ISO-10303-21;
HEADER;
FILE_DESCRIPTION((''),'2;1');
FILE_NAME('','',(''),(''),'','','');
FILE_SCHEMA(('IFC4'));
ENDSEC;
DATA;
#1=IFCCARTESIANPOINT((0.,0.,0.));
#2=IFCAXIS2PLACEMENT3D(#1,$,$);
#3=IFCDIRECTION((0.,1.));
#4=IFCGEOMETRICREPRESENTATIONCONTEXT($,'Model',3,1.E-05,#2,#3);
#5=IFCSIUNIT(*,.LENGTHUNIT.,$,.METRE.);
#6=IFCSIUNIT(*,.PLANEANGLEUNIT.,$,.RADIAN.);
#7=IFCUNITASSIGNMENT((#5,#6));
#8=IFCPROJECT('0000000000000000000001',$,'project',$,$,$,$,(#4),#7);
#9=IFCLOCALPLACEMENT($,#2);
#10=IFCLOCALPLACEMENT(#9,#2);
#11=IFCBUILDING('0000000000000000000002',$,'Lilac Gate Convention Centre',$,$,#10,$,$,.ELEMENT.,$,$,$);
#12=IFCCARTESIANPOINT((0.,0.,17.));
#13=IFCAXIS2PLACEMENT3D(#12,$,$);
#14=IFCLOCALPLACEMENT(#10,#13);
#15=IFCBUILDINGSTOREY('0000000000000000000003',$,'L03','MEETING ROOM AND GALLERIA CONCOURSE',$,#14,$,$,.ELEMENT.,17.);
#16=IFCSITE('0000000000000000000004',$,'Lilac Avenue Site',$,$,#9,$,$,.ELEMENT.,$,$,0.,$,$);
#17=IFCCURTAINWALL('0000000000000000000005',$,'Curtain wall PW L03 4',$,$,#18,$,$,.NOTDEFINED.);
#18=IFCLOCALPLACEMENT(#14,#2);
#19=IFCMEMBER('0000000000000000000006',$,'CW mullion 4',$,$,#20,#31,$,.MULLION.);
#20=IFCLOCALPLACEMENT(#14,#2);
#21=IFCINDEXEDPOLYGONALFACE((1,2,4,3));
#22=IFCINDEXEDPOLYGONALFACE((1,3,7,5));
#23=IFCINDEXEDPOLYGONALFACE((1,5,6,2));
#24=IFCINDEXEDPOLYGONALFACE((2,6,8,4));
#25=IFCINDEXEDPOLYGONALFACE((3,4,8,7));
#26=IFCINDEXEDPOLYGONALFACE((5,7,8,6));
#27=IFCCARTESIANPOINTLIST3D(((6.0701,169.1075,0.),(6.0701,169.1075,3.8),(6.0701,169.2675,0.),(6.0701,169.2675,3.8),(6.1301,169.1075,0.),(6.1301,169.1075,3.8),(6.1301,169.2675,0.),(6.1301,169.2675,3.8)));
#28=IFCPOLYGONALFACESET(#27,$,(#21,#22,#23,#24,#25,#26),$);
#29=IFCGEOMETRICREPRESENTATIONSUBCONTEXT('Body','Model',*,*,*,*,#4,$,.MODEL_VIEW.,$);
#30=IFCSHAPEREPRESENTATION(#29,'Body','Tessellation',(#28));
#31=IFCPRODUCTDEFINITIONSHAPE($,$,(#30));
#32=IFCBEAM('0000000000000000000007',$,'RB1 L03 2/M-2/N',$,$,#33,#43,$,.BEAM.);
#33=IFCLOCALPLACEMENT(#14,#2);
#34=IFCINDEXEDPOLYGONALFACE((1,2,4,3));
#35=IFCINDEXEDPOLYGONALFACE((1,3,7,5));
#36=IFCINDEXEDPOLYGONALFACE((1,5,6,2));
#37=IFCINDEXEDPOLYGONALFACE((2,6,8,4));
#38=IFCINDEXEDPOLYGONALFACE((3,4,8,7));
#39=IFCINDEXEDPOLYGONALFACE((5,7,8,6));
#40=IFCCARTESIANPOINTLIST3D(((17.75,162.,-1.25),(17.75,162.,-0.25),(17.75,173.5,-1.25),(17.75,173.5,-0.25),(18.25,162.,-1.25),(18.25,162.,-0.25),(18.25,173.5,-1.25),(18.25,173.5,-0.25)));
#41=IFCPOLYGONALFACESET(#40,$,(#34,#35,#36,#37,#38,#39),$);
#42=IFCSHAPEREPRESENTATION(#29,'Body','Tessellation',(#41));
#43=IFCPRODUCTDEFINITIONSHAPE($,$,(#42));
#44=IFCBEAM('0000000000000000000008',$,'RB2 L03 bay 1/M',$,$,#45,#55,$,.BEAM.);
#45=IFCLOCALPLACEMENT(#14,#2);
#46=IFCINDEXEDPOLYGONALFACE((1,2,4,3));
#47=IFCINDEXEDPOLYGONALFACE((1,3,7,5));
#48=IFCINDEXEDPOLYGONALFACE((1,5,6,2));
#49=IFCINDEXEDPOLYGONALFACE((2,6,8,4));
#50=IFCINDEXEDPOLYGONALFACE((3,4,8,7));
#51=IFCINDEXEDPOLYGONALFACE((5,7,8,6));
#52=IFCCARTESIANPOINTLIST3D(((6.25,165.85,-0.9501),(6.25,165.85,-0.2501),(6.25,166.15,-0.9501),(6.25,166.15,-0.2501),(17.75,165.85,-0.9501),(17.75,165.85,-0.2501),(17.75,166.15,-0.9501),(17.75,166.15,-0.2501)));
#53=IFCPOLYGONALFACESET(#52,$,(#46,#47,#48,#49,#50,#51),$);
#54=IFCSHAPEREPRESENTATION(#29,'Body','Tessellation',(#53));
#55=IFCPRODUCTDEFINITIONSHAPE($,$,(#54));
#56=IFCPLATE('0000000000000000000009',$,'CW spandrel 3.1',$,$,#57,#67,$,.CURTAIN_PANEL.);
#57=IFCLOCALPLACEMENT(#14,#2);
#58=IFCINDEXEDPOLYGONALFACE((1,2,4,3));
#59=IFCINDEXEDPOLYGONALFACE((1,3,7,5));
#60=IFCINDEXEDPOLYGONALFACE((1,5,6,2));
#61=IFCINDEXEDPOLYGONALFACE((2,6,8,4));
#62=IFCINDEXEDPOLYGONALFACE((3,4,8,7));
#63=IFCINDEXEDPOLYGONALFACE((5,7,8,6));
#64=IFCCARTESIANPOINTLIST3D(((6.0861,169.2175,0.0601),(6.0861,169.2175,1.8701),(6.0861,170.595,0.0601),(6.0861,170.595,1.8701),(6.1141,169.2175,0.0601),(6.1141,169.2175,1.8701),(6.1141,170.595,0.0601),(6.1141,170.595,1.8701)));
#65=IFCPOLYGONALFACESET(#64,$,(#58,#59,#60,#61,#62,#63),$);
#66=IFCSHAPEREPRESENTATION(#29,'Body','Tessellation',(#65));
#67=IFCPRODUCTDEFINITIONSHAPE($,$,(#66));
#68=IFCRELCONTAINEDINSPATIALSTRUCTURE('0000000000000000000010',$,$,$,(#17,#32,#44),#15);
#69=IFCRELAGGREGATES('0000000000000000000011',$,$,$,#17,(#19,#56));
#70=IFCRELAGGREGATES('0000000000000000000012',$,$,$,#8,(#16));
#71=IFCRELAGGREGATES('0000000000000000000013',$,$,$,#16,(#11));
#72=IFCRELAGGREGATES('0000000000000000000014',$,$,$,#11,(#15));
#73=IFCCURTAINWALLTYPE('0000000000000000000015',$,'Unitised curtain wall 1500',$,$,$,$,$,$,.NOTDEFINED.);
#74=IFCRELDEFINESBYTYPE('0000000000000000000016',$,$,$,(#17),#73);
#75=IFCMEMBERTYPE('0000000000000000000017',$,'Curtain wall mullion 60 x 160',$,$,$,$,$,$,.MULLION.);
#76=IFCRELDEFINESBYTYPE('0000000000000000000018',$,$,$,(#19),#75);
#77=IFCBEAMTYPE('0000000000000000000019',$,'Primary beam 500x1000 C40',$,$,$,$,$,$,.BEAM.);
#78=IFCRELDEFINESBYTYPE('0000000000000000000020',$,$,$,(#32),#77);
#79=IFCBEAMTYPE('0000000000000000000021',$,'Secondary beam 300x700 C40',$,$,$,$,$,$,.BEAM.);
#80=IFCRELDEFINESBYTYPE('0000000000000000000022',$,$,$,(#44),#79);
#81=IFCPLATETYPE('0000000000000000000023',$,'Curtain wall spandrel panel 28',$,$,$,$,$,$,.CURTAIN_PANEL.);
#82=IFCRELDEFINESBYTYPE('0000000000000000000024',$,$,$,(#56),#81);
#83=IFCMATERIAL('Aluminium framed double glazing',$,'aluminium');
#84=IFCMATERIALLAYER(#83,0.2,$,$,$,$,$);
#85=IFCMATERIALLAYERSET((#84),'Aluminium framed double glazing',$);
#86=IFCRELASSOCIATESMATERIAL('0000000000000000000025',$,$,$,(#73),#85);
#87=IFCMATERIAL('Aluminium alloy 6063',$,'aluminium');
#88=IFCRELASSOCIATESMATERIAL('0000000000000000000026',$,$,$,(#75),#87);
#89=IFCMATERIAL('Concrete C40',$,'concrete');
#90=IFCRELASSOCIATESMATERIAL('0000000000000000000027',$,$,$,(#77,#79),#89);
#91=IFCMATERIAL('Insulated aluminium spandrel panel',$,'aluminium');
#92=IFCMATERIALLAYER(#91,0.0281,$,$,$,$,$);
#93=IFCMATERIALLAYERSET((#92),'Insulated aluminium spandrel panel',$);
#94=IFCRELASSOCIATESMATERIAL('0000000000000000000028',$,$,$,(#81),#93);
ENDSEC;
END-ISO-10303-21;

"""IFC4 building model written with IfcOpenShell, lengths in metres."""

from ifc_helpers import new_model, si_unit, direction, frame, origin, origin_2d, place, context, subcontext, project, spatial, rectangle, extrude, material, layer, layer_set, material_profile, profile_set, type_object, element, aggregate, save


model = new_model("IFC4")

# Units and contexts
model_context = context("Model", 3, precision=1e-05, world=origin(), true_north=direction((0.0, 1.0)))
body_context = subcontext(model_context, "Body", "Model", "MODEL_VIEW")
ifc_project = project(units=[si_unit("LENGTHUNIT", "METRE"), si_unit("PLANEANGLEUNIT", "RADIAN")], contexts=[model_context])

# Site, building, storey
site_placement = place(None, origin())
site = spatial("IfcSite", under=ifc_project, at=site_placement, Name="Lilac Avenue Site", CompositionType="ELEMENT", RefElevation=0.0)
building_placement = place(site_placement, origin())
building = spatial("IfcBuilding", under=site, at=building_placement, Name="Lilac Gate Convention Centre", CompositionType="ELEMENT")
storey_placement = place(building_placement, frame((0.0, 0.0, 17.0)))
storey = spatial("IfcBuildingStorey", under=building, at=storey_placement, Name="L03", Description="MEETING ROOM AND GALLERIA CONCOURSE", CompositionType="ELEMENT", Elevation=17.0)

# Curtain wall, member
ifc_material_1 = material(Name="Aluminium framed double glazing", Category="aluminium")
ifc_layer_1 = layer(ifc_material_1, 0.2)
ifc_layer_set_1 = layer_set([ifc_layer_1], Name="Aluminium framed double glazing")
curtain_wall_type = type_object("IfcCurtainWallType", Name="Unitised curtain wall 1500", PredefinedType="NOTDEFINED", material=ifc_layer_set_1)
curtain_wall_placement = place(storey_placement, origin())
curtain_wall = element("IfcCurtainWall", 1, at=curtain_wall_placement, inside=storey, type_object=curtain_wall_type, Name="Curtain wall PW L03 4", PredefinedType="NOTDEFINED")
ifc_material_2 = material(Name="Aluminium alloy 6063", Category="aluminium")
ifc_material_profile_1 = material_profile(ifc_material_2, rectangle(XDim=0.0601, YDim=0.1599, at=origin_2d()), Name="Curtain wall mullion 60 x 160")
ifc_profile_set_1 = profile_set([ifc_material_profile_1], Name="Aluminium alloy 6063")
member_type = type_object("IfcMemberType", Name="Curtain wall mullion 60 x 160", PredefinedType="MULLION", material=ifc_profile_set_1)
member_placement = place(storey_placement, frame((6.1001, 169.1875, 0.0), z_axis=(0.0, 0.0, 1.0), x_axis=(1.0, 0.0, 0.0)))
member = element("IfcMember", 2, at=member_placement, type_object=member_type, Name="CW mullion 4", PredefinedType="MULLION", context=body_context, shape_type="SweptSolid", body=[
    extrude(rectangle(XDim=0.0601, YDim=0.1599, at=origin_2d()), origin(), (0.0, 0.0, 1.0), 3.8),
])

# Beams
ifc_material_3 = material(Name="Concrete C40", Category="concrete")
ifc_material_profile_2 = material_profile(ifc_material_3, rectangle(XDim=0.5, YDim=1.0, at=origin_2d()), Name="RC 500x1000")
ifc_profile_set_2 = profile_set([ifc_material_profile_2], Name="Concrete C40")
beam_type_1 = type_object("IfcBeamType", Name="Primary beam 500x1000 C40", PredefinedType="BEAM", material=ifc_profile_set_2)
beam_1_placement = place(storey_placement, frame((18.0, 162.0, -0.75), z_axis=(0.0, 1.0, 0.0), x_axis=(-1.0, 0.0, 0.0)))
element("IfcBeam", 3, at=beam_1_placement, inside=storey, type_object=beam_type_1, Name="RB1 L03 2/M-2/N", PredefinedType="BEAM", context=body_context, shape_type="SweptSolid", body=[
    extrude(rectangle(XDim=0.5, YDim=1.0, at=origin_2d()), origin(), (0.0, 0.0, 1.0), 11.5),
])
ifc_material_profile_3 = material_profile(ifc_material_3, rectangle(XDim=0.3, YDim=0.7, at=origin_2d()), Name="RC 300x700")
ifc_profile_set_3 = profile_set([ifc_material_profile_3], Name="Concrete C40")
beam_type_2 = type_object("IfcBeamType", Name="Secondary beam 300x700 C40", PredefinedType="BEAM", material=ifc_profile_set_3)
beam_2_placement = place(storey_placement, frame((6.25, 166.0, -0.6001), z_axis=(1.0, 0.0, 0.0), x_axis=(0.0, 1.0, 0.0)))
element("IfcBeam", 4, at=beam_2_placement, inside=storey, type_object=beam_type_2, Name="RB2 L03 bay 1/M", PredefinedType="BEAM", context=body_context, shape_type="SweptSolid", body=[
    extrude(rectangle(XDim=0.3, YDim=0.7, at=origin_2d()), origin(), (0.0, 0.0, 1.0), 11.5),
])

# Plate
ifc_material_4 = material(Name="Insulated aluminium spandrel panel", Category="aluminium")
ifc_layer_2 = layer(ifc_material_4, 0.0281)
ifc_layer_set_2 = layer_set([ifc_layer_2], Name="Insulated aluminium spandrel panel")
plate_type = type_object("IfcPlateType", Name="Curtain wall spandrel panel 28", PredefinedType="CURTAIN_PANEL", material=ifc_layer_set_2)
plate_placement = place(storey_placement, frame((6.1001, 169.9062, 0.0601), z_axis=(0.0, 0.0, 1.0), x_axis=(0.0, -1.0, 0.0)))
plate = element("IfcPlate", 5, at=plate_placement, type_object=plate_type, Name="CW spandrel 3.1", PredefinedType="CURTAIN_PANEL", context=body_context, shape_type="SweptSolid", body=[
    extrude(rectangle(XDim=1.3774, YDim=0.0281, at=origin_2d()), origin(), (0.0, 0.0, 1.0), 1.8101),
])
aggregate(curtain_wall, [member, plate])

save(model, "model.ifc")
